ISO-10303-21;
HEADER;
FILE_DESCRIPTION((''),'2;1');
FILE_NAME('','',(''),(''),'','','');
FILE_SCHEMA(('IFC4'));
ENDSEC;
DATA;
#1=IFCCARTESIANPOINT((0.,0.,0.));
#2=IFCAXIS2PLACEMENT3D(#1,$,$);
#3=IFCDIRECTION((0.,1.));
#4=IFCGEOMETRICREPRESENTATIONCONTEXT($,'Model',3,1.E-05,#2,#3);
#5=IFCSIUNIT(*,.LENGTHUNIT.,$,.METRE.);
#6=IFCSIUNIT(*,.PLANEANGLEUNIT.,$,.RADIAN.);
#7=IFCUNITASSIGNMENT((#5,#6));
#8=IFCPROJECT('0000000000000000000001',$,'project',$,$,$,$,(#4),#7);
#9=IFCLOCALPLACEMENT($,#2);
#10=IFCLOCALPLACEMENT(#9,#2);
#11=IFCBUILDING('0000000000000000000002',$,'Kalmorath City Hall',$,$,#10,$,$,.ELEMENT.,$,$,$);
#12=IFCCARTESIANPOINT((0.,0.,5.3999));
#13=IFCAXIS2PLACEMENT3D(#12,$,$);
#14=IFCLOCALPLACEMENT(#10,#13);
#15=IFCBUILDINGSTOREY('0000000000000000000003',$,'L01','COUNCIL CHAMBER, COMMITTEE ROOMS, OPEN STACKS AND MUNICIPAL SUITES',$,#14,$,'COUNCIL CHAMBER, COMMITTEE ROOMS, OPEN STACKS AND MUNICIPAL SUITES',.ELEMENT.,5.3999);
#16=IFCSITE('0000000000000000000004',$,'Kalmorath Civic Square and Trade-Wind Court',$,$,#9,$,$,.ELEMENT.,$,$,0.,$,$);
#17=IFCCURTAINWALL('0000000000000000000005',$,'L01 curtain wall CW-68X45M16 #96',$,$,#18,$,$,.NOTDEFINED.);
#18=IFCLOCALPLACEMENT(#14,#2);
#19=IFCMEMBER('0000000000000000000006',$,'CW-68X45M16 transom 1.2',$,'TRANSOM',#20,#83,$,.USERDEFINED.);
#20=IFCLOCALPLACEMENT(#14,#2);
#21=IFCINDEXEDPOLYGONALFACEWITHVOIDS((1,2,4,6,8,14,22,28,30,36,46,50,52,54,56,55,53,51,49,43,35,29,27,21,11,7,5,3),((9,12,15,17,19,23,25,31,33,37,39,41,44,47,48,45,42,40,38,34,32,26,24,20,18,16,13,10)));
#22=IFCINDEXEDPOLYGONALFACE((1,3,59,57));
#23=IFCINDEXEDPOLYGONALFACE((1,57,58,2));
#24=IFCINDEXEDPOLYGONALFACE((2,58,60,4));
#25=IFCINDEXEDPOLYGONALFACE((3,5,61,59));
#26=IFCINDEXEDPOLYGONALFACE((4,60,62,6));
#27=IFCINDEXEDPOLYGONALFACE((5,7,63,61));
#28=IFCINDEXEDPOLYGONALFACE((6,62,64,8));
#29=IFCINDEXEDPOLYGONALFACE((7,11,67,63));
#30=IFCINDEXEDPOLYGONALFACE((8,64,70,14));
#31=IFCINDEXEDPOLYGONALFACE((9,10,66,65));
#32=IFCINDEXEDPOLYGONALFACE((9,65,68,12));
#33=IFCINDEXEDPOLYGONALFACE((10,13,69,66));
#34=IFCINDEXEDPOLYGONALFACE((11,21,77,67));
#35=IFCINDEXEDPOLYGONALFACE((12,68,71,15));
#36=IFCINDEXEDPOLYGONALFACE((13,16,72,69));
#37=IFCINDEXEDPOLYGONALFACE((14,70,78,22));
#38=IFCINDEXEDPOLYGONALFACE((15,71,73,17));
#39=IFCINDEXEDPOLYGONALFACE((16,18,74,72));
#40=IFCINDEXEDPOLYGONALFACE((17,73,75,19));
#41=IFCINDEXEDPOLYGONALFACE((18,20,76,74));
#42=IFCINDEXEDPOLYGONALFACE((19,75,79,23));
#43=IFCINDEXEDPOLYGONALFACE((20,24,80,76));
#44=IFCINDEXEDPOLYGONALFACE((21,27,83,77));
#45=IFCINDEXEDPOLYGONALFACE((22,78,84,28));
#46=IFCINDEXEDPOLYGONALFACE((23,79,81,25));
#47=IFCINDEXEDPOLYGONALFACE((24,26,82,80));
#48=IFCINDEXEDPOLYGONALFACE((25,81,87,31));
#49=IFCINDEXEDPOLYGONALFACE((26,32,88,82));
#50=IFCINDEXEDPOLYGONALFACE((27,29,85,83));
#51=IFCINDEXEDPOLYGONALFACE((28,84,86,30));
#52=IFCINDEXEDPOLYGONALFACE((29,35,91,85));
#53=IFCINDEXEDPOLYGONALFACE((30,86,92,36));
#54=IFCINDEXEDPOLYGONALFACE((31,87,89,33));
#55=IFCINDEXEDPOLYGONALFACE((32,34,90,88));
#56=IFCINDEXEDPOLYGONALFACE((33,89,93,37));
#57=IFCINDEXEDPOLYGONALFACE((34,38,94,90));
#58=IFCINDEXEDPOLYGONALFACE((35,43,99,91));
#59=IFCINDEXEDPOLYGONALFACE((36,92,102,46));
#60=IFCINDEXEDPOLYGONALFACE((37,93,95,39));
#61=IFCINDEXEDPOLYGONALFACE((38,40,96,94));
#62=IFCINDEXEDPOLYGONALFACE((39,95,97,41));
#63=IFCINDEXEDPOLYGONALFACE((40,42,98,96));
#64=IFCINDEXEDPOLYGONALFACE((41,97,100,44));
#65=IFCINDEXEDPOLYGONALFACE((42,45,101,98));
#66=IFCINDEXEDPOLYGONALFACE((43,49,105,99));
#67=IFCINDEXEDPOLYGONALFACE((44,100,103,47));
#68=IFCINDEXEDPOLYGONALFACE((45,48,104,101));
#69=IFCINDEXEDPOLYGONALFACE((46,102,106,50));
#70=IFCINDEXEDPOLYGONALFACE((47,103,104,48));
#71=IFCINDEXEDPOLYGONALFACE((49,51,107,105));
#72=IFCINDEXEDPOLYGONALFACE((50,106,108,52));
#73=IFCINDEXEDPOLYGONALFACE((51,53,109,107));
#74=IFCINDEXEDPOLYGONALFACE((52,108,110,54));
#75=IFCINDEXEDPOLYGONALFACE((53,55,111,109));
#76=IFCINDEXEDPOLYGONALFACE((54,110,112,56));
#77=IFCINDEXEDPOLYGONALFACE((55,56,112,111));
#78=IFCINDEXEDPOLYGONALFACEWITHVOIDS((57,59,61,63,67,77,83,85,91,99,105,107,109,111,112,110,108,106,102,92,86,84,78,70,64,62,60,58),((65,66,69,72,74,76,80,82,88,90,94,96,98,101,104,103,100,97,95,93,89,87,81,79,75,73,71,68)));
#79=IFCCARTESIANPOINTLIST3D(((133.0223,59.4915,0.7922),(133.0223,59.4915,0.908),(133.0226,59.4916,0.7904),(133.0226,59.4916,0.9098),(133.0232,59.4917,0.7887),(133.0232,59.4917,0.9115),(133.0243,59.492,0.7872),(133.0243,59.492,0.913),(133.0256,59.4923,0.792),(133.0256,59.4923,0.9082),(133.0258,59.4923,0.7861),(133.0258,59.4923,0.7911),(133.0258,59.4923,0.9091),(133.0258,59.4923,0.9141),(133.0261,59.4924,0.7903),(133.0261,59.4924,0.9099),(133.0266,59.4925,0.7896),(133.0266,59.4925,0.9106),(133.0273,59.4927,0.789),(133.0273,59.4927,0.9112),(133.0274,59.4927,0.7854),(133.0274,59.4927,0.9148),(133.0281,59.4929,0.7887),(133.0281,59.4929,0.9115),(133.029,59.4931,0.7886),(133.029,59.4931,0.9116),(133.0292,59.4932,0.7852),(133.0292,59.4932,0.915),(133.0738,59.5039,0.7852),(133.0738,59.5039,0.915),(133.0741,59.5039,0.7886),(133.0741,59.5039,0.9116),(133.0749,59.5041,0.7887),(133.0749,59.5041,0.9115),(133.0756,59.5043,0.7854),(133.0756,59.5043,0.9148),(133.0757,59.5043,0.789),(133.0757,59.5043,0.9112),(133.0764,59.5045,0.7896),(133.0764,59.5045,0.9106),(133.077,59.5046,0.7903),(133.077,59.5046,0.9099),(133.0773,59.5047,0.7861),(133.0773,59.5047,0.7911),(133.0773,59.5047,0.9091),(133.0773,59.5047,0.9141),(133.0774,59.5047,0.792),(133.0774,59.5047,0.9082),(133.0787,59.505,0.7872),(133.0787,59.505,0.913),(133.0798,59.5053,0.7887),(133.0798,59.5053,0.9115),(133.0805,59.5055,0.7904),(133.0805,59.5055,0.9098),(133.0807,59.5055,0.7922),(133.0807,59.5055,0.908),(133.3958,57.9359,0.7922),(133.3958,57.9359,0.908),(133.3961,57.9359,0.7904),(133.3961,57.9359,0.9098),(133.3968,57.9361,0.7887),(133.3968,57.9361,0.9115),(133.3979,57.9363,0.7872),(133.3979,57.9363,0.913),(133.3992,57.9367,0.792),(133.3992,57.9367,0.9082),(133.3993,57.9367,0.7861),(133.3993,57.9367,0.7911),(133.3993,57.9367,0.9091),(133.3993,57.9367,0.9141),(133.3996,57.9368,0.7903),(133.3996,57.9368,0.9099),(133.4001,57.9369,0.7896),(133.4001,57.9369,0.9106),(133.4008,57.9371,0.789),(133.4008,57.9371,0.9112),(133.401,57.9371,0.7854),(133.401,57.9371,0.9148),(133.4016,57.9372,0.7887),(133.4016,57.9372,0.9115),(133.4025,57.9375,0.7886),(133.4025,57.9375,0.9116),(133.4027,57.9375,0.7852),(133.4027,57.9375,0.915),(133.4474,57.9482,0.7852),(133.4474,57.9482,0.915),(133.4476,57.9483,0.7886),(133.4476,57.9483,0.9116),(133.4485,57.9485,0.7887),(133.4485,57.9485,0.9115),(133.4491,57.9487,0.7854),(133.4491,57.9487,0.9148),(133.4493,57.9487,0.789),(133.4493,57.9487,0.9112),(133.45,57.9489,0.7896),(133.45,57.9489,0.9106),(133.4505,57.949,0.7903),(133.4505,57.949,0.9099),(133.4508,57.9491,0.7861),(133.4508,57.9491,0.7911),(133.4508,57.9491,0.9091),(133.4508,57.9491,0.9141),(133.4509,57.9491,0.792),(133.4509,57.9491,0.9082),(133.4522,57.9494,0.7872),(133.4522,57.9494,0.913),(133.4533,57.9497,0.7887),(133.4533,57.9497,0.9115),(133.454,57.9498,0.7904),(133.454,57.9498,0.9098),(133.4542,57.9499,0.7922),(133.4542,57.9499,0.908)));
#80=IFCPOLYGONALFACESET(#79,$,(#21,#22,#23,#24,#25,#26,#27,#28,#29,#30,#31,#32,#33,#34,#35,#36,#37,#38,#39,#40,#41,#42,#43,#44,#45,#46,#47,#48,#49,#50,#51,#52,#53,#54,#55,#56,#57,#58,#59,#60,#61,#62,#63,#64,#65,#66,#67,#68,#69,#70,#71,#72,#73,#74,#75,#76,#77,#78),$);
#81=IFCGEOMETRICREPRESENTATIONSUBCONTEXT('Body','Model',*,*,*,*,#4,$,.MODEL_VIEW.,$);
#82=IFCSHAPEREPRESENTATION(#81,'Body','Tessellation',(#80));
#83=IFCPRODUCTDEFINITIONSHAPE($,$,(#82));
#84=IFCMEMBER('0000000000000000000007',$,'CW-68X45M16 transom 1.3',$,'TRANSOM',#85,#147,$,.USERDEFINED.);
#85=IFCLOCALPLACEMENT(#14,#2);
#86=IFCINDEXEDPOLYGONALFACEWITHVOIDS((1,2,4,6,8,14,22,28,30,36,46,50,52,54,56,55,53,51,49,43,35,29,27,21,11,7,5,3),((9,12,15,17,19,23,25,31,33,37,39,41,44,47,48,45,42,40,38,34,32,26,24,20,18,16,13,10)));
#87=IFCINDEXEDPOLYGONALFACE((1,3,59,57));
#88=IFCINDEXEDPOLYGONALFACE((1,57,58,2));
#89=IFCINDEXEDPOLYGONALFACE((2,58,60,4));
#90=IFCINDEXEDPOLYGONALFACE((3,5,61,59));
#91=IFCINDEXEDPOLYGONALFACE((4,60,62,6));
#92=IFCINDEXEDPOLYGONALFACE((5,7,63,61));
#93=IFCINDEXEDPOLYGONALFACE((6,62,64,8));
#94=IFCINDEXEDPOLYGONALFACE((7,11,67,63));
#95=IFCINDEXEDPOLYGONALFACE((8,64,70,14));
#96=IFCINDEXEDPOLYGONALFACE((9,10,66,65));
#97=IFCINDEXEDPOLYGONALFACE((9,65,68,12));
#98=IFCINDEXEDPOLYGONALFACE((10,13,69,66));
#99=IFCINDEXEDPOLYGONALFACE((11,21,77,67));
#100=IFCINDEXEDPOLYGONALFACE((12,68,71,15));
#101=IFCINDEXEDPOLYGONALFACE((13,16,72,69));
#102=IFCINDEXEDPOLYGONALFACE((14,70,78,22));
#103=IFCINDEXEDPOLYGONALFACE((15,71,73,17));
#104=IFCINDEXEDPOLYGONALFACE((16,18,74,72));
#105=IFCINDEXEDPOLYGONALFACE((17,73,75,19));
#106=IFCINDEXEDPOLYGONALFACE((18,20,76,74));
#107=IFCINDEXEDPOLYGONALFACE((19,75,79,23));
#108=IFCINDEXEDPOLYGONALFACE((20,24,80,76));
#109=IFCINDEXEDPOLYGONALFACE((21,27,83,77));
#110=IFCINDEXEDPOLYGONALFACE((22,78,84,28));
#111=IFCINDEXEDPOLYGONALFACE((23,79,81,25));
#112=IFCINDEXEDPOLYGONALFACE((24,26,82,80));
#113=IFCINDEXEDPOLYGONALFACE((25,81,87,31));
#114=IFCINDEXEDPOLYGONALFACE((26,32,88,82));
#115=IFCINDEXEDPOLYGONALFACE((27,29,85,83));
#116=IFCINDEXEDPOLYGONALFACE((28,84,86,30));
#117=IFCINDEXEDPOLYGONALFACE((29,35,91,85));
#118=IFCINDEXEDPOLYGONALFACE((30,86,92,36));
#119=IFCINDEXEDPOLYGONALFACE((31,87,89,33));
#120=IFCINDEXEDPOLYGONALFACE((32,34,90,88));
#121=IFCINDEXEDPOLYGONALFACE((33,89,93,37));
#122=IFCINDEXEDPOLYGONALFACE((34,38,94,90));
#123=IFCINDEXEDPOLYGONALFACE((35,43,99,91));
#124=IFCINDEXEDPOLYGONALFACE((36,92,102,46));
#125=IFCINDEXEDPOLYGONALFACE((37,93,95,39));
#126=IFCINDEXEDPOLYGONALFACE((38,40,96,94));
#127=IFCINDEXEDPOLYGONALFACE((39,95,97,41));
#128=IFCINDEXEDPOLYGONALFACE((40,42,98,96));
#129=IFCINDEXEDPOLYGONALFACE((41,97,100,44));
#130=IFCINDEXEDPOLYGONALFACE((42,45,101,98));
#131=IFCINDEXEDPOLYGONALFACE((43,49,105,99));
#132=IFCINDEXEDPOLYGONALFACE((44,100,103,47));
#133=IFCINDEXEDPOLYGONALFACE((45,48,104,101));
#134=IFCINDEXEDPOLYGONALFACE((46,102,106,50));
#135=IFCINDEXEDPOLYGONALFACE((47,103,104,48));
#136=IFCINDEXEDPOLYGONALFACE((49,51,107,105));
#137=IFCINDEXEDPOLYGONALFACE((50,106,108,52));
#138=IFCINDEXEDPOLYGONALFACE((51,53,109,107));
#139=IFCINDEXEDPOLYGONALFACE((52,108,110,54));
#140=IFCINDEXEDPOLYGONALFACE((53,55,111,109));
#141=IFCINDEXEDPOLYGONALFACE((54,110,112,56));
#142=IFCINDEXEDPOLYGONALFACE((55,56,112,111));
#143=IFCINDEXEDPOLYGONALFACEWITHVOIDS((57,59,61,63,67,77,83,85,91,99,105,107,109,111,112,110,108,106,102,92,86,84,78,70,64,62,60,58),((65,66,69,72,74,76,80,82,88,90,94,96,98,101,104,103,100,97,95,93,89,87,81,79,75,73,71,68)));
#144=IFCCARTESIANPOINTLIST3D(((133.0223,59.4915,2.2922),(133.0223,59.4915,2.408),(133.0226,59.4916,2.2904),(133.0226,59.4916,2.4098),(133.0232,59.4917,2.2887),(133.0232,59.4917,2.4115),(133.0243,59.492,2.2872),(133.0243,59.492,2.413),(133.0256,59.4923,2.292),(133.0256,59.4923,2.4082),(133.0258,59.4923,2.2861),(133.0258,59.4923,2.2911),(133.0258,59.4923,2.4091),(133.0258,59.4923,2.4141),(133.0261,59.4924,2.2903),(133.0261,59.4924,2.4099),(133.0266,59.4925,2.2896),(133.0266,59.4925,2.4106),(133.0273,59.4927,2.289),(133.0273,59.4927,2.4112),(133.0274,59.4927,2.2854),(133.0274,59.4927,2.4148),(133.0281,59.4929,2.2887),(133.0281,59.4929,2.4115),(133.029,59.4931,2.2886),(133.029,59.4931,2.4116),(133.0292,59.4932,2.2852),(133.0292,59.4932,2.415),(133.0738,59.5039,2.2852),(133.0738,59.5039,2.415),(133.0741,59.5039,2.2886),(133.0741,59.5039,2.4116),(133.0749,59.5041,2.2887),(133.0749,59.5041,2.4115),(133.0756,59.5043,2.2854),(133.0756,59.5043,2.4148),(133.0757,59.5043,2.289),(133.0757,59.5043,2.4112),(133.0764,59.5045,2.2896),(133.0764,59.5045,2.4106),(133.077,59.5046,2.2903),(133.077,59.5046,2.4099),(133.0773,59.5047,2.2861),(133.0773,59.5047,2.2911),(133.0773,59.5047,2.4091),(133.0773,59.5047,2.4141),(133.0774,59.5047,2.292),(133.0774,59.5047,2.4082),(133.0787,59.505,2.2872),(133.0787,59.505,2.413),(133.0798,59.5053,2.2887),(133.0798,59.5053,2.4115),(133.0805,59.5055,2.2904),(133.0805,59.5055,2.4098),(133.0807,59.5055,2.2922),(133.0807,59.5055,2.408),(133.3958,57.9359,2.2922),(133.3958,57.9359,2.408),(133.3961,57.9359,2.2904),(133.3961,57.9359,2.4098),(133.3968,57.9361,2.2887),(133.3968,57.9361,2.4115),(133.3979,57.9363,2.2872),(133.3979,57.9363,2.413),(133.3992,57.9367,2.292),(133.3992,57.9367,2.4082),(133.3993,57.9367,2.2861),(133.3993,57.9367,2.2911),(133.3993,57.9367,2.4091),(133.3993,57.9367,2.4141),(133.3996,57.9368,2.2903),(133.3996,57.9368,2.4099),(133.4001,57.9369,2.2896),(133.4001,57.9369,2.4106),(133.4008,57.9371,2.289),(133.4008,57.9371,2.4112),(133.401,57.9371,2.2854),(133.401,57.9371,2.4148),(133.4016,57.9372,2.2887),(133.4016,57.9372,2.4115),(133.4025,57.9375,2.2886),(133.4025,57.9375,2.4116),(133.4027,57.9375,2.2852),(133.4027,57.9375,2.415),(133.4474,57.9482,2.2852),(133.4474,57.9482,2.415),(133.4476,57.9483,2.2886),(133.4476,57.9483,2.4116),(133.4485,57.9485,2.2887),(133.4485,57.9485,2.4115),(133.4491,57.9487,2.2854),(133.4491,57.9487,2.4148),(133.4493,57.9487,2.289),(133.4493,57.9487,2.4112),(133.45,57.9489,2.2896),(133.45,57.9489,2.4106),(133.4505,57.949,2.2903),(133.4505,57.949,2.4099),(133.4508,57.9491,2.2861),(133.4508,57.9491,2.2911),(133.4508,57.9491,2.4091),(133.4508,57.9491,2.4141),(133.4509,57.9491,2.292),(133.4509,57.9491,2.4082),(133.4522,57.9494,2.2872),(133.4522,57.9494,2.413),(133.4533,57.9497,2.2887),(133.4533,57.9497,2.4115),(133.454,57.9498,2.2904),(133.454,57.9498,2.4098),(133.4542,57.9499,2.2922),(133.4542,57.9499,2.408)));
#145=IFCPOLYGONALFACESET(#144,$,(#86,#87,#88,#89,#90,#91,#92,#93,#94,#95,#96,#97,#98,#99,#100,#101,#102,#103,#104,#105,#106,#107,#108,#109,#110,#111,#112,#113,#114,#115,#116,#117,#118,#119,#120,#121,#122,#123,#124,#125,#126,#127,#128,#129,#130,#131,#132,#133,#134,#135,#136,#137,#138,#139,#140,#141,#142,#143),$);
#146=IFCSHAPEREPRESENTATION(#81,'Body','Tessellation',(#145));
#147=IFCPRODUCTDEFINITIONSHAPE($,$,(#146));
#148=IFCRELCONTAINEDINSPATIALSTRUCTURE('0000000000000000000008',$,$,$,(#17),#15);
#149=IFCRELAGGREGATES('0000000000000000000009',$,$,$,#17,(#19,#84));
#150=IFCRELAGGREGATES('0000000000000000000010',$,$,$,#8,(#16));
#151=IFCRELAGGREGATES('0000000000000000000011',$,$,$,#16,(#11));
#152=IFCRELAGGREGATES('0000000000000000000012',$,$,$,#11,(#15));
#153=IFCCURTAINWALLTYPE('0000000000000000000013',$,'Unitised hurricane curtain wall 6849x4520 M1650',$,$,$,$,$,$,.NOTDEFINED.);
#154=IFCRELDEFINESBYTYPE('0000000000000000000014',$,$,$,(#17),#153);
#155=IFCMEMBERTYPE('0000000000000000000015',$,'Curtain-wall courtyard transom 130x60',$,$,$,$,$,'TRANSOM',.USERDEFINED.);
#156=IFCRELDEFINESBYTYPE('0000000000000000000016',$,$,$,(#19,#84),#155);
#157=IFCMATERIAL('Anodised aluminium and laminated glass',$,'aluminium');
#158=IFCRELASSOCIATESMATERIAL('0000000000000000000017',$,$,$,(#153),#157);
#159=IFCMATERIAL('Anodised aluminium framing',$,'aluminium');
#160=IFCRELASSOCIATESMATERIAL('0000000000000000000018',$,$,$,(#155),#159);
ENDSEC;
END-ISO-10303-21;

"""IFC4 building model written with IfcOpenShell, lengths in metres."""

from ifc_helpers import new_model, si_unit, direction, frame, origin, origin_2d, place, context, subcontext, project, spatial, hollow_rectangle, extrude, material, material_profile, profile_set, type_object, element, aggregate, save


model = new_model("IFC4")

# Units and contexts
model_context = context("Model", 3, precision=1e-05, world=origin(), true_north=direction((0.0, 1.0)))
body_context = subcontext(model_context, "Body", "Model", "MODEL_VIEW")
ifc_project = project(units=[si_unit("LENGTHUNIT", "METRE"), si_unit("PLANEANGLEUNIT", "RADIAN")], contexts=[model_context])

# Site, building, storey
site_placement = place(None, origin())
site = spatial("IfcSite", under=ifc_project, at=site_placement, Name="Kalmorath Civic Square and Trade-Wind Court", CompositionType="ELEMENT", RefElevation=0.0)
building_placement = place(site_placement, origin())
building = spatial("IfcBuilding", under=site, at=building_placement, Name="Kalmorath City Hall", CompositionType="ELEMENT")
storey_placement = place(building_placement, frame((0.0, 0.0, 5.3999)))
storey = spatial("IfcBuildingStorey", under=building, at=storey_placement, Name="L01", Description="COUNCIL CHAMBER, COMMITTEE ROOMS, OPEN STACKS AND MUNICIPAL SUITES", LongName="COUNCIL CHAMBER, COMMITTEE ROOMS, OPEN STACKS AND MUNICIPAL SUITES", CompositionType="ELEMENT", Elevation=5.3999)

# Shared definitions
ifc_material_1 = material(Name="Anodised aluminium and laminated glass", Category="aluminium")
curtain_wall_type = type_object("IfcCurtainWallType", Name="Unitised hurricane curtain wall 6849x4520 M1650", PredefinedType="NOTDEFINED", material=ifc_material_1)
ifc_material_2 = material(Name="Anodised aluminium framing", Category="aluminium")
ifc_material_profile_1 = material_profile(ifc_material_2, hollow_rectangle(XDim=0.0601, YDim=0.1299, WallThickness=0.0034, InnerFilletRadius=0.0034, OuterFilletRadius=0.0071, at=origin_2d()), Name="ALU-TRN-130X60X3.5")
ifc_profile_set_1 = profile_set([ifc_material_profile_1], Name="Anodised aluminium framing")
member_type_1 = type_object("IfcMemberType", Name="Curtain-wall courtyard transom 130x60", ElementType="TRANSOM", PredefinedType="USERDEFINED", material=ifc_profile_set_1)

# Curtain wall, members
curtain_wall_1_placement = place(storey_placement, origin())
curtain_wall_1 = element("IfcCurtainWall", 1, at=curtain_wall_1_placement, inside=storey, type_object=curtain_wall_type, Name="L01 curtain wall CW-68X45M16 #96", PredefinedType="NOTDEFINED")
member_1_placement = place(storey_placement, frame((133.425, 57.9429, 0.8501), z_axis=(-0.233477, 0.972362, 0.0), x_axis=(-0.972362, -0.233477, 0.0)))
member_1 = element("IfcMember", 2, at=member_1_placement, type_object=member_type_1, Name="CW-68X45M16 transom 1.2", ObjectType="TRANSOM", PredefinedType="USERDEFINED", context=body_context, shape_type="SweptSolid", body=[
    extrude(hollow_rectangle(XDim=0.0601, YDim=0.1299, WallThickness=0.0034, InnerFilletRadius=0.0034, OuterFilletRadius=0.0071, at=origin_2d()), origin(), (0.0, 0.0, 1.0), 1.5999),
])
member_2_placement = place(storey_placement, frame((133.425, 57.9429, 2.3501), z_axis=(-0.233477, 0.972362, 0.0), x_axis=(-0.972362, -0.233477, 0.0)))
member_2 = element("IfcMember", 3, at=member_2_placement, type_object=member_type_1, Name="CW-68X45M16 transom 1.3", ObjectType="TRANSOM", PredefinedType="USERDEFINED", context=body_context, shape_type="SweptSolid", body=[
    extrude(hollow_rectangle(XDim=0.0601, YDim=0.1299, WallThickness=0.0034, InnerFilletRadius=0.0034, OuterFilletRadius=0.0071, at=origin_2d()), origin(), (0.0, 0.0, 1.0), 1.5999),
])

aggregate(curtain_wall_1, [member_1, member_2])

save(model, "model.ifc")
